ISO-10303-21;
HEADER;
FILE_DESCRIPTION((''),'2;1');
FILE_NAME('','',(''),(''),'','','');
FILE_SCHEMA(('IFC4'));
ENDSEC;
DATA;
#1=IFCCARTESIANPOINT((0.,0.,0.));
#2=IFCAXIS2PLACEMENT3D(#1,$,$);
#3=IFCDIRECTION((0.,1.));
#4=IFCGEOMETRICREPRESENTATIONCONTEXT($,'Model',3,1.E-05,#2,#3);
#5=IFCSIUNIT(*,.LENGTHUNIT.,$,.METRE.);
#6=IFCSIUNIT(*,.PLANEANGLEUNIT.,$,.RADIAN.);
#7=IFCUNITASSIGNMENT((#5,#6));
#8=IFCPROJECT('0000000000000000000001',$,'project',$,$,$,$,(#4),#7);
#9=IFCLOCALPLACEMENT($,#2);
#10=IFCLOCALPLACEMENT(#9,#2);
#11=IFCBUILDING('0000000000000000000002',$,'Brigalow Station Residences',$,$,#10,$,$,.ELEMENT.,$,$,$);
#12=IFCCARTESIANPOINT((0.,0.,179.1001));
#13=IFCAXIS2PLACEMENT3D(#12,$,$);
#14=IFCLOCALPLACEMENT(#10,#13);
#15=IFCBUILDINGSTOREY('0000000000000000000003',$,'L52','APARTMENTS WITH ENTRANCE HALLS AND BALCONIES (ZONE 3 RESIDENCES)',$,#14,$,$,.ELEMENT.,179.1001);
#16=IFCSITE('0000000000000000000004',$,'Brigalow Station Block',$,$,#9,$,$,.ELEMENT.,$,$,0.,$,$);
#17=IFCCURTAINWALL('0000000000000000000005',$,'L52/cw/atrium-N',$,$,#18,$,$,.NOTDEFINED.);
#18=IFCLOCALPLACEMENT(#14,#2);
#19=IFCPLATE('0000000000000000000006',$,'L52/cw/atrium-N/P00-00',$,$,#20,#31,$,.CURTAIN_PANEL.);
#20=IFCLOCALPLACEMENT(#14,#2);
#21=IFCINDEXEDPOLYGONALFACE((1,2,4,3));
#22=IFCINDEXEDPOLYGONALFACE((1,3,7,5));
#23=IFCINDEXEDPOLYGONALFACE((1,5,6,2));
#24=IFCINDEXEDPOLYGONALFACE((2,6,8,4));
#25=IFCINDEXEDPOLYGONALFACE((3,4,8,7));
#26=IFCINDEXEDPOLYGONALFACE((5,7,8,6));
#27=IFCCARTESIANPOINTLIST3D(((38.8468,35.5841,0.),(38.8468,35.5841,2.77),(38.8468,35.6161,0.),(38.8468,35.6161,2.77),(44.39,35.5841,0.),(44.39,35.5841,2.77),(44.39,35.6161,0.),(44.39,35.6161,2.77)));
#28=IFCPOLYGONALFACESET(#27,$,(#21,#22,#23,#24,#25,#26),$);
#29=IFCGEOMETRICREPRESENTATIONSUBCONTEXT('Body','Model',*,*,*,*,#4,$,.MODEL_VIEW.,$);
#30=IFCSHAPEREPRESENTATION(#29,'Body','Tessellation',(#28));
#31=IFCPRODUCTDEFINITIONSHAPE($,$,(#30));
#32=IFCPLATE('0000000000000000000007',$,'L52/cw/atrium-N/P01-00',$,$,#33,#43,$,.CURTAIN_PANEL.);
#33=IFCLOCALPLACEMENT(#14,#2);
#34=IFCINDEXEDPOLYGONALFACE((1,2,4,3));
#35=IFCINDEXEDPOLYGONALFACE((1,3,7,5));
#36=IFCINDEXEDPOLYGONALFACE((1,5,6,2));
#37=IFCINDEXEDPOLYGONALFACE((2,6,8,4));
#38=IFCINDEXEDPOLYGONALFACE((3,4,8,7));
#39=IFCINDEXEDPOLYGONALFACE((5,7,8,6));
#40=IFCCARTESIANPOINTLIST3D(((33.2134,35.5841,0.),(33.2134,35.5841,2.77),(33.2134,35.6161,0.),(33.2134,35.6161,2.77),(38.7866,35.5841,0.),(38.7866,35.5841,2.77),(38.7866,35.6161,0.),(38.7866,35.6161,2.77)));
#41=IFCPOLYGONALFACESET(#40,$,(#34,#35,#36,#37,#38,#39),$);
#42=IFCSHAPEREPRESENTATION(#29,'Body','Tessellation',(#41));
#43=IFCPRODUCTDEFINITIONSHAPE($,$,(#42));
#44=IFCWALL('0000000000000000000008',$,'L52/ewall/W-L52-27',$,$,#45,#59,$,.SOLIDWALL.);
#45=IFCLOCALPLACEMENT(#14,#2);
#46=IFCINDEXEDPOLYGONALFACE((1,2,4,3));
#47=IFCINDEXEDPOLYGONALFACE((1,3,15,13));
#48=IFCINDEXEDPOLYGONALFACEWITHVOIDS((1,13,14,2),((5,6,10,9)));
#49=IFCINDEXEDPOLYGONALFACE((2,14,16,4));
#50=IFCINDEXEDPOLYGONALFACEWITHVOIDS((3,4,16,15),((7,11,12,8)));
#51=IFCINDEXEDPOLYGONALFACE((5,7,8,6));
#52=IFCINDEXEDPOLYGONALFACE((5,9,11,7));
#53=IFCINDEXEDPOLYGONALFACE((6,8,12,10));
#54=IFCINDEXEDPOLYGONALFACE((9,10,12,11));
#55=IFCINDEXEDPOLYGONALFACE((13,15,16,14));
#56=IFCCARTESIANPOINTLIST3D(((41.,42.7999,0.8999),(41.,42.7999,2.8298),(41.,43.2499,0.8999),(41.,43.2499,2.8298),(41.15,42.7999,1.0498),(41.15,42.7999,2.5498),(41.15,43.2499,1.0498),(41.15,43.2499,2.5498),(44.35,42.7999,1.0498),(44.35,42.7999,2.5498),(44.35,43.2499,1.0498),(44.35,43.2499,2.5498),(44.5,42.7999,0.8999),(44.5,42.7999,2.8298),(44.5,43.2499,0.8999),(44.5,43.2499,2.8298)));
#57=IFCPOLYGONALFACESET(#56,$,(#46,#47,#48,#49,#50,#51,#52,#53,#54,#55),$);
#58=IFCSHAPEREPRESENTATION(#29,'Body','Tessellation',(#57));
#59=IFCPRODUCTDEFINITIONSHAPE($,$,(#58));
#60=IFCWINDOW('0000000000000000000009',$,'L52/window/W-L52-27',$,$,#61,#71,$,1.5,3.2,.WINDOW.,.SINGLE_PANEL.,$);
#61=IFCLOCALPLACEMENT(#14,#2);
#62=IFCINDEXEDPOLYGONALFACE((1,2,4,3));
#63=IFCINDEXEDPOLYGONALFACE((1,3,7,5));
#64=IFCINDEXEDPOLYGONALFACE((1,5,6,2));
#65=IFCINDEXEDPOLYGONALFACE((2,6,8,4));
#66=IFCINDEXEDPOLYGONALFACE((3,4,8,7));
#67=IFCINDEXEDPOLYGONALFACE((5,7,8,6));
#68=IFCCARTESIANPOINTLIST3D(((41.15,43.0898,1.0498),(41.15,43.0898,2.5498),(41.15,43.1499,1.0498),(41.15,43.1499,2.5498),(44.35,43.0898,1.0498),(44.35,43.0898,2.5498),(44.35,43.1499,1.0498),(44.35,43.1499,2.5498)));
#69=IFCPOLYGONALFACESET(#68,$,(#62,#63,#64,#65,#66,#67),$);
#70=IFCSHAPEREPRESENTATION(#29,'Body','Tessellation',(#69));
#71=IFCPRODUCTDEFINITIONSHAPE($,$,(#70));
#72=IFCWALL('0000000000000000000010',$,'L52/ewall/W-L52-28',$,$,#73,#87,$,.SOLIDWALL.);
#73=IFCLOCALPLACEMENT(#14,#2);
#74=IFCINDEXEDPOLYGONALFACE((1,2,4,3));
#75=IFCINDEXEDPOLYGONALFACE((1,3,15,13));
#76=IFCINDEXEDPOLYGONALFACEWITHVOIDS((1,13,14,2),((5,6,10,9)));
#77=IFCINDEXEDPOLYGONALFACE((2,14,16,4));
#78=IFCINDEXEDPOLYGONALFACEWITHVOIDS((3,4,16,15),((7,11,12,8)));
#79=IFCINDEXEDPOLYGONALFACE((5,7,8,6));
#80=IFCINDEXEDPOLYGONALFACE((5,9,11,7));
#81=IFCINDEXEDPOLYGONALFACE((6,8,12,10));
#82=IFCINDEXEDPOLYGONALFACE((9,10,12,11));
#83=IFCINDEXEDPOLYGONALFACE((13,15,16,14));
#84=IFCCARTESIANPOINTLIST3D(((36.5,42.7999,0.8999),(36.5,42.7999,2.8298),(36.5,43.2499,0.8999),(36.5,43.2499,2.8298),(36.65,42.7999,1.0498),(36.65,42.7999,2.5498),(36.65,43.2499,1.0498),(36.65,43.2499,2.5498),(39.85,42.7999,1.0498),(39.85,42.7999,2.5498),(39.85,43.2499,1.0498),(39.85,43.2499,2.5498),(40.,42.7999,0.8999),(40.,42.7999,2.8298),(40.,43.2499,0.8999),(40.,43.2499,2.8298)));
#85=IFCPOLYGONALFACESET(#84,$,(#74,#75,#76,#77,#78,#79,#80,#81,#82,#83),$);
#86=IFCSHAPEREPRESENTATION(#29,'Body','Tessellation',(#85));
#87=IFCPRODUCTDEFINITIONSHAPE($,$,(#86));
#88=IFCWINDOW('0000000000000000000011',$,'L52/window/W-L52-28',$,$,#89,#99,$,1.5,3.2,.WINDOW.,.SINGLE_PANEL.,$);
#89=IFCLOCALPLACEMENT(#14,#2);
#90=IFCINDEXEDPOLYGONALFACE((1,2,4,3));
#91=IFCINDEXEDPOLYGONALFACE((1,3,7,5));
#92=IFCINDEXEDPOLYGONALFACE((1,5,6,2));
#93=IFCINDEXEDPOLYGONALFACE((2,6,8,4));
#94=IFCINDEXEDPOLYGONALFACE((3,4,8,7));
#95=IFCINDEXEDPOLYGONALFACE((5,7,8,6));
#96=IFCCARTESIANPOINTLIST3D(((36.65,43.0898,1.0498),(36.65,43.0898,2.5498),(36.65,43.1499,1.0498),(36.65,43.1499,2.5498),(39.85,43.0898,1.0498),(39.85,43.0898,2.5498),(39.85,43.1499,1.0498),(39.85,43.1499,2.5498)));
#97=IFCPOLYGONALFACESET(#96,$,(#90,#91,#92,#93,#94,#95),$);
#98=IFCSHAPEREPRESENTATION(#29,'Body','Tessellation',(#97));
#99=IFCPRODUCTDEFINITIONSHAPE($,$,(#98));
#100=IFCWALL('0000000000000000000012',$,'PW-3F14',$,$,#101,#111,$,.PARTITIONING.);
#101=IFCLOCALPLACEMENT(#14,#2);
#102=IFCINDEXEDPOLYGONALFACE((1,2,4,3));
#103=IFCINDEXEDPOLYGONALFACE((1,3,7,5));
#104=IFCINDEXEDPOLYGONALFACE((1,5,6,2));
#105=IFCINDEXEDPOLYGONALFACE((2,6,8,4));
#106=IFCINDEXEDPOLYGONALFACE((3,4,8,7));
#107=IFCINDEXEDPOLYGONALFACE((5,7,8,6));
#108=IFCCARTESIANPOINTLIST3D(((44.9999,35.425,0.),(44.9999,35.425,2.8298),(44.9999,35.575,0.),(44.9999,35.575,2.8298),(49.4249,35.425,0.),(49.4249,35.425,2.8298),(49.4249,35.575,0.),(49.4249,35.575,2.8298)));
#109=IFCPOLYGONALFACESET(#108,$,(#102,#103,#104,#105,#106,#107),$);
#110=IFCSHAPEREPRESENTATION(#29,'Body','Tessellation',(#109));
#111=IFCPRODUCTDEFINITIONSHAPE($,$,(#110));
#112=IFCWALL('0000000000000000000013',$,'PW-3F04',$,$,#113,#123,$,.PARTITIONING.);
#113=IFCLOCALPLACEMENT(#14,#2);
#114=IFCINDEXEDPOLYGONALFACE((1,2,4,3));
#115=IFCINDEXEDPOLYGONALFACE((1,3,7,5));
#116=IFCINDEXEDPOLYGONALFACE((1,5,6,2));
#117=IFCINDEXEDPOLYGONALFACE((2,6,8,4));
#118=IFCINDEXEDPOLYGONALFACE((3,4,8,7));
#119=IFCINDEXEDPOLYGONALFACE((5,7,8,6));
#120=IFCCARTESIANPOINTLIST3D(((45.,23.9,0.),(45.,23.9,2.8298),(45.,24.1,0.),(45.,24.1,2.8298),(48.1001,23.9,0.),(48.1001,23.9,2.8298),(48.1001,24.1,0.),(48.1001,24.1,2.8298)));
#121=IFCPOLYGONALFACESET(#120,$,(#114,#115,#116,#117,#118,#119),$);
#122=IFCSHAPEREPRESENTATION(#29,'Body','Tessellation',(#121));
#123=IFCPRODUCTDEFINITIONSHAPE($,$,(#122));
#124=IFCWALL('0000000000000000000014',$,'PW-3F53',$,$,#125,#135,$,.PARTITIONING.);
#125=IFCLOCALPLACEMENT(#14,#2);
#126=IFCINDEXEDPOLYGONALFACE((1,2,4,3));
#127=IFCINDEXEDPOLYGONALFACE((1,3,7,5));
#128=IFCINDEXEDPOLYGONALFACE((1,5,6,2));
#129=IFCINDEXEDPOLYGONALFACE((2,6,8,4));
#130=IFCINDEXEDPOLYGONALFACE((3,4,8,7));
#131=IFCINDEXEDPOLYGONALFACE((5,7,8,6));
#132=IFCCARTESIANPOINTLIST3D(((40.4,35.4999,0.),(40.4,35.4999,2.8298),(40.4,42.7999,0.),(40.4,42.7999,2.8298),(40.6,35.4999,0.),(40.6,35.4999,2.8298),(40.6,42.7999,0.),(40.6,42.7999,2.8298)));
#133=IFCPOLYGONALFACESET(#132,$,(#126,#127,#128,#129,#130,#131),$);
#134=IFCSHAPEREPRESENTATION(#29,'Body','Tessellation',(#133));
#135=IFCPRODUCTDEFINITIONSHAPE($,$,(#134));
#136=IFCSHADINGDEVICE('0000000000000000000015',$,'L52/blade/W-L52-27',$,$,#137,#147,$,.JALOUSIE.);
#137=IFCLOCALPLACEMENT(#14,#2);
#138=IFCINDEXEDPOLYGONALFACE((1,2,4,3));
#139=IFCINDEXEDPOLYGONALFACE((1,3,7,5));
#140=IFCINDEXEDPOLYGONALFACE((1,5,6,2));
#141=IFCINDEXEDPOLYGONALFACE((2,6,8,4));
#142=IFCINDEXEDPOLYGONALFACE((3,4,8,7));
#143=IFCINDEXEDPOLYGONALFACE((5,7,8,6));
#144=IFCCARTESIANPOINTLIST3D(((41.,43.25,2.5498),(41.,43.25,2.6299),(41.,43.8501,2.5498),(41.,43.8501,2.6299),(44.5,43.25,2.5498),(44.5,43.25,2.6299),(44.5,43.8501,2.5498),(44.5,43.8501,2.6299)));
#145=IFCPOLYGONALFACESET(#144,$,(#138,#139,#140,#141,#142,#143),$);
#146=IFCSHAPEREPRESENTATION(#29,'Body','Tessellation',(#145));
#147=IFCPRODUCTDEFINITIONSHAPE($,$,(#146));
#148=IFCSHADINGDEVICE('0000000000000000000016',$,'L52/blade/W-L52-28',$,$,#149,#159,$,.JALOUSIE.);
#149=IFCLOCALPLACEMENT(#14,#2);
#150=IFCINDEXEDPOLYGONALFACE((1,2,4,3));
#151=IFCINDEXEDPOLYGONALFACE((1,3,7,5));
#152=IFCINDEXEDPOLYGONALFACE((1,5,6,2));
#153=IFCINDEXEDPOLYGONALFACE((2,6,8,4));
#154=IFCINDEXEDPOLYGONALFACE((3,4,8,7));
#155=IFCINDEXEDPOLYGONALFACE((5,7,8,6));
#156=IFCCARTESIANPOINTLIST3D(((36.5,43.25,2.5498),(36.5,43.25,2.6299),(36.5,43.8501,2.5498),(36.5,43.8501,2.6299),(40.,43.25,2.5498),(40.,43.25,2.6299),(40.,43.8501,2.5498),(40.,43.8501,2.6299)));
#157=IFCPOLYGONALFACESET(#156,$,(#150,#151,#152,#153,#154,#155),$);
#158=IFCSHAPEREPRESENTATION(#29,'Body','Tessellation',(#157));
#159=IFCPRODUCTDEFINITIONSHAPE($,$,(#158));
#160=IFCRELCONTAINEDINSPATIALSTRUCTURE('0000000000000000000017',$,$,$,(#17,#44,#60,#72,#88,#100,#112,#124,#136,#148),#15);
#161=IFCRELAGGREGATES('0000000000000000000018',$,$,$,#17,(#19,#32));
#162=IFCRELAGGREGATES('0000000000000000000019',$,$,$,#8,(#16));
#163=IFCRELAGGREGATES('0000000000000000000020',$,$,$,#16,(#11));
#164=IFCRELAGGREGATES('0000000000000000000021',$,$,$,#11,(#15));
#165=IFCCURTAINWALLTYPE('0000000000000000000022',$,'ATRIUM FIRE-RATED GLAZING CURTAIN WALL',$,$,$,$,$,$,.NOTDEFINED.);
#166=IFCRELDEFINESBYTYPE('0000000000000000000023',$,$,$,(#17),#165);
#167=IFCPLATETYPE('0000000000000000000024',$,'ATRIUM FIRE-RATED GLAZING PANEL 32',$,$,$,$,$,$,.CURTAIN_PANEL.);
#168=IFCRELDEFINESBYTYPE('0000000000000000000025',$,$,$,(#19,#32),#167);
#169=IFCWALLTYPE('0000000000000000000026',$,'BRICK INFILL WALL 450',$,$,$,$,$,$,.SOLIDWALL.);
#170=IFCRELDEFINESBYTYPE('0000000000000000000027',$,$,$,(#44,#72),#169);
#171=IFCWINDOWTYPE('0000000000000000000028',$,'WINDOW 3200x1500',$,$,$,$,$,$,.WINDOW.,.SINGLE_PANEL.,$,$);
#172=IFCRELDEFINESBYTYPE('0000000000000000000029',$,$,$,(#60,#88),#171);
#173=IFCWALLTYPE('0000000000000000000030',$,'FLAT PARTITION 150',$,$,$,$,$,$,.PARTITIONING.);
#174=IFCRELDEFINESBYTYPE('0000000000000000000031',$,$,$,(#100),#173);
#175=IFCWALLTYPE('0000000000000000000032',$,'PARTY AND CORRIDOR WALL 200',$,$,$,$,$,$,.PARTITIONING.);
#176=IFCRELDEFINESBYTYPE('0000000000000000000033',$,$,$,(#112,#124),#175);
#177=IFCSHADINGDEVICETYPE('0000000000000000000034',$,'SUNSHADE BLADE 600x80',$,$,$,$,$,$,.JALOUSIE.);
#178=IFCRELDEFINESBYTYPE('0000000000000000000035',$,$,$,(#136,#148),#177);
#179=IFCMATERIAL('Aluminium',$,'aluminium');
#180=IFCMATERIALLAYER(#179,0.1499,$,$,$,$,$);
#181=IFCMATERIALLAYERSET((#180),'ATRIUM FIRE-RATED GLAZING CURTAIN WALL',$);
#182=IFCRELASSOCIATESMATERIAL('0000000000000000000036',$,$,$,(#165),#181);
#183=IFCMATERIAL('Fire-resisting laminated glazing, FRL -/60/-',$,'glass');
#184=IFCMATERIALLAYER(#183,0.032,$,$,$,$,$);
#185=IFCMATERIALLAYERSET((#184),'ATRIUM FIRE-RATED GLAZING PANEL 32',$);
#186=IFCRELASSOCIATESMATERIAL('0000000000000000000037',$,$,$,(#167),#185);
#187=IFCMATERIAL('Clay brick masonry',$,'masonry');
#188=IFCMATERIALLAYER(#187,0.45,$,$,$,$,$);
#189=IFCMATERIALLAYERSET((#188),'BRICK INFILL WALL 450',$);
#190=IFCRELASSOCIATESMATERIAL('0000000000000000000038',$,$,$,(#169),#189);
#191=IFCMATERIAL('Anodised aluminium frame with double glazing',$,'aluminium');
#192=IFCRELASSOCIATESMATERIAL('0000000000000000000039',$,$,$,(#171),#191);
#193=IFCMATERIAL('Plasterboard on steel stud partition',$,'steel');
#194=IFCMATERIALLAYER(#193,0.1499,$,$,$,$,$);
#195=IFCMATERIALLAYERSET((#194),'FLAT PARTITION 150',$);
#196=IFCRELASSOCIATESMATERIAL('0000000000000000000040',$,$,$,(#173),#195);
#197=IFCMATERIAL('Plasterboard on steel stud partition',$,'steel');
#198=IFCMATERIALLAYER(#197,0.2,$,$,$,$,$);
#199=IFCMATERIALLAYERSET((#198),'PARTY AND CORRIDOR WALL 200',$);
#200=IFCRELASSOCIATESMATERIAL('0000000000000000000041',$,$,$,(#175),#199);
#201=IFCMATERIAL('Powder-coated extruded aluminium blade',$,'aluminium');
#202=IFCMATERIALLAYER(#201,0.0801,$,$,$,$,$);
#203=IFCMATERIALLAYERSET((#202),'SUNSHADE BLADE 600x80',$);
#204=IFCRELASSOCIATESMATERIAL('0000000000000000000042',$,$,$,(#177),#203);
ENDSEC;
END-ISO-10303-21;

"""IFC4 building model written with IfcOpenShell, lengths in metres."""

from ifc_helpers import new_model, si_unit, direction, frame, frame_2d, origin, origin_2d, place, context, subcontext, project, spatial, rectangle, extrude, material, layer, layer_set, type_object, element, fill, aggregate, save


model = new_model("IFC4")

# Units and contexts
model_context = context("Model", 3, precision=1e-05, world=origin(), true_north=direction((0.0, 1.0)))
body_context = subcontext(model_context, "Body", "Model", "MODEL_VIEW")
ifc_project = project(units=[si_unit("LENGTHUNIT", "METRE"), si_unit("PLANEANGLEUNIT", "RADIAN")], contexts=[model_context])

# Site, building, storey
site_placement = place(None, origin())
site = spatial("IfcSite", under=ifc_project, at=site_placement, Name="Brigalow Station Block", CompositionType="ELEMENT", RefElevation=0.0)
building_placement = place(site_placement, origin())
building = spatial("IfcBuilding", under=site, at=building_placement, Name="Brigalow Station Residences", CompositionType="ELEMENT")
storey_placement = place(building_placement, frame((0.0, 0.0, 179.1001)))
storey = spatial("IfcBuildingStorey", under=building, at=storey_placement, Name="L52", Description="APARTMENTS WITH ENTRANCE HALLS AND BALCONIES (ZONE 3 RESIDENCES)", CompositionType="ELEMENT", Elevation=179.1001)

# Shared definitions
ifc_material_1 = material(Name="Aluminium", Category="aluminium")
ifc_layer_1 = layer(ifc_material_1, 0.1499)
ifc_layer_set_1 = layer_set([ifc_layer_1], Name="ATRIUM FIRE-RATED GLAZING CURTAIN WALL")
curtain_wall_type = type_object("IfcCurtainWallType", Name="ATRIUM FIRE-RATED GLAZING CURTAIN WALL", PredefinedType="NOTDEFINED", material=ifc_layer_set_1)

# Curtain wall
curtain_wall_1_placement = place(storey_placement, origin())
curtain_wall_1 = element("IfcCurtainWall", 1, at=curtain_wall_1_placement, inside=storey, type_object=curtain_wall_type, Name="L52/cw/atrium-N", PredefinedType="NOTDEFINED")

# Plates
ifc_material_2 = material(Name="Fire-resisting laminated glazing, FRL -/60/-", Category="glass")
ifc_layer_2 = layer(ifc_material_2, 0.032)
ifc_layer_set_2 = layer_set([ifc_layer_2], Name="ATRIUM FIRE-RATED GLAZING PANEL 32")
plate_type = type_object("IfcPlateType", Name="ATRIUM FIRE-RATED GLAZING PANEL 32", PredefinedType="CURTAIN_PANEL", material=ifc_layer_set_2)
plate_1_placement = place(storey_placement, frame((41.6184, 35.6001, 0.0), z_axis=(0.0, 0.0, 1.0), x_axis=(-1.0, 0.0, 0.0)))
plate_1 = element("IfcPlate", 2, at=plate_1_placement, type_object=plate_type, Name="L52/cw/atrium-N/P00-00", PredefinedType="CURTAIN_PANEL", context=body_context, shape_type="SweptSolid", body=[
    extrude(rectangle(XDim=5.5432, YDim=0.032, at=origin_2d()), origin(), (0.0, 0.0, 1.0), 2.77),
])
plate_2_placement = place(storey_placement, frame((36.0, 35.6001, 0.0), z_axis=(0.0, 0.0, 1.0), x_axis=(-1.0, 0.0, 0.0)))
plate_2 = element("IfcPlate", 3, at=plate_2_placement, type_object=plate_type, Name="L52/cw/atrium-N/P01-00", PredefinedType="CURTAIN_PANEL", context=body_context, shape_type="SweptSolid", body=[
    extrude(rectangle(XDim=5.5732, YDim=0.032, at=origin_2d()), origin(), (0.0, 0.0, 1.0), 2.77),
])
aggregate(curtain_wall_1, [plate_1, plate_2])

# Walls, openings, windows
ifc_material_3 = material(Name="Clay brick masonry", Category="masonry")
ifc_layer_3 = layer(ifc_material_3, 0.45)
ifc_layer_set_3 = layer_set([ifc_layer_3], Name="BRICK INFILL WALL 450")
wall_type_1 = type_object("IfcWallType", Name="BRICK INFILL WALL 450", PredefinedType="SOLIDWALL", material=ifc_layer_set_3)
wall_1_placement = place(storey_placement, frame((44.5, 43.0249, 0.8999), z_axis=(0.0, 0.0, 1.0), x_axis=(-1.0, 0.0, 0.0)))
wall_1 = element("IfcWall", 4, at=wall_1_placement, inside=storey, type_object=wall_type_1, Name="L52/ewall/W-L52-27", PredefinedType="SOLIDWALL", context=body_context, shape_type="SweptSolid", body=[
    extrude(rectangle(XDim=3.5, YDim=0.45, at=frame_2d((1.75, 0.0))), origin(), (0.0, 0.0, 1.0), 1.9299),
])
opening_1_placement = place(wall_1_placement, frame((0.1499, 0.0, 0.1499)))
opening_1 = element("IfcOpeningElement", 5, at=opening_1_placement, cuts=wall_1, PredefinedType="OPENING", context=body_context, shape_type="SweptSolid", body=[
    extrude(rectangle(XDim=3.2, YDim=1.5, at=frame_2d((1.6001, 0.75))), frame((0.0, 0.2349, 0.0), z_axis=(0.0, -1.0, 0.0), x_axis=(1.0, 0.0, 0.0)), (0.0, 0.0, 1.0), 0.47),
])
ifc_material_4 = material(Name="Anodised aluminium frame with double glazing", Category="aluminium")
window_type = type_object("IfcWindowType", Name="WINDOW 3200x1500", PartitioningType="SINGLE_PANEL", PredefinedType="WINDOW", material=ifc_material_4)
window_1_placement = place(opening_1_placement, origin())
window_1 = element("IfcWindow", 6, at=window_1_placement, inside=storey, type_object=window_type, Name="L52/window/W-L52-27", OverallHeight=1.5, OverallWidth=3.2, PartitioningType="SINGLE_PANEL", PredefinedType="WINDOW", context=body_context, shape_type="SweptSolid", body=[
    extrude(rectangle(XDim=3.2, YDim=1.5, at=frame_2d((1.6001, 0.75))), frame((0.0, -0.0649, 0.0), z_axis=(0.0, -1.0, 0.0), x_axis=(1.0, 0.0, 0.0)), (0.0, 0.0, 1.0), 0.0601),
])
fill(opening_1, window_1)
wall_2_placement = place(storey_placement, frame((40.0, 43.0249, 0.8999), z_axis=(0.0, 0.0, 1.0), x_axis=(-1.0, 0.0, 0.0)))
wall_2 = element("IfcWall", 7, at=wall_2_placement, inside=storey, type_object=wall_type_1, Name="L52/ewall/W-L52-28", PredefinedType="SOLIDWALL", context=body_context, shape_type="SweptSolid", body=[
    extrude(rectangle(XDim=3.5, YDim=0.45, at=frame_2d((1.75, 0.0))), origin(), (0.0, 0.0, 1.0), 1.9299),
])
opening_2_placement = place(wall_2_placement, frame((0.1499, 0.0, 0.1499)))
opening_2 = element("IfcOpeningElement", 8, at=opening_2_placement, cuts=wall_2, PredefinedType="OPENING", context=body_context, shape_type="SweptSolid", body=[
    extrude(rectangle(XDim=3.2, YDim=1.5, at=frame_2d((1.6001, 0.75))), frame((0.0, 0.2349, 0.0), z_axis=(0.0, -1.0, 0.0), x_axis=(1.0, 0.0, 0.0)), (0.0, 0.0, 1.0), 0.47),
])
window_2_placement = place(opening_2_placement, origin())
window_2 = element("IfcWindow", 9, at=window_2_placement, inside=storey, type_object=window_type, Name="L52/window/W-L52-28", OverallHeight=1.5, OverallWidth=3.2, PartitioningType="SINGLE_PANEL", PredefinedType="WINDOW", context=body_context, shape_type="SweptSolid", body=[
    extrude(rectangle(XDim=3.2, YDim=1.5, at=frame_2d((1.6001, 0.75))), frame((0.0, -0.0649, 0.0), z_axis=(0.0, -1.0, 0.0), x_axis=(1.0, 0.0, 0.0)), (0.0, 0.0, 1.0), 0.0601),
])
fill(opening_2, window_2)

# Walls
ifc_material_5 = material(Name="Plasterboard on steel stud partition", Category="steel")
ifc_layer_4 = layer(ifc_material_5, 0.1499)
ifc_layer_set_4 = layer_set([ifc_layer_4], Name="FLAT PARTITION 150")
wall_type_2 = type_object("IfcWallType", Name="FLAT PARTITION 150", PredefinedType="PARTITIONING", material=ifc_layer_set_4)
wall_3_placement = place(storey_placement, frame((45.0, 35.5, 0.0), z_axis=(0.0, 0.0, 1.0), x_axis=(1.0, 0.0, 0.0)))
element("IfcWall", 10, at=wall_3_placement, inside=storey, type_object=wall_type_2, Name="PW-3F14", PredefinedType="PARTITIONING", context=body_context, shape_type="SweptSolid", body=[
    extrude(rectangle(XDim=4.425, YDim=0.1499, at=frame_2d((2.2124, 0.0))), origin(), (0.0, 0.0, 1.0), 2.8298),
])
ifc_material_6 = material(Name="Plasterboard on steel stud partition", Category="steel")
ifc_layer_5 = layer(ifc_material_6, 0.2)
ifc_layer_set_5 = layer_set([ifc_layer_5], Name="PARTY AND CORRIDOR WALL 200")
wall_type_3 = type_object("IfcWallType", Name="PARTY AND CORRIDOR WALL 200", PredefinedType="PARTITIONING", material=ifc_layer_set_5)
wall_4_placement = place(storey_placement, frame((45.0, 24.0, 0.0), z_axis=(0.0, 0.0, 1.0), x_axis=(1.0, 0.0, 0.0)))
element("IfcWall", 11, at=wall_4_placement, inside=storey, type_object=wall_type_3, Name="PW-3F04", PredefinedType="PARTITIONING", context=body_context, shape_type="SweptSolid", body=[
    extrude(rectangle(XDim=3.1001, YDim=0.2, at=frame_2d((1.55, 0.0))), origin(), (0.0, 0.0, 1.0), 2.8298),
])
wall_5_placement = place(storey_placement, frame((40.5, 35.5, 0.0), z_axis=(0.0, 0.0, 1.0), x_axis=(0.0, 1.0, 0.0)))
element("IfcWall", 12, at=wall_5_placement, inside=storey, type_object=wall_type_3, Name="PW-3F53", PredefinedType="PARTITIONING", context=body_context, shape_type="SweptSolid", body=[
    extrude(rectangle(XDim=7.3, YDim=0.2, at=frame_2d((3.6499, 0.0))), origin(), (0.0, 0.0, 1.0), 2.8298),
])

# Shading devices
ifc_material_7 = material(Name="Powder-coated extruded aluminium blade", Category="aluminium")
ifc_layer_6 = layer(ifc_material_7, 0.0801)
ifc_layer_set_6 = layer_set([ifc_layer_6], Name="SUNSHADE BLADE 600x80")
shading_device_type = type_object("IfcShadingDeviceType", Name="SUNSHADE BLADE 600x80", PredefinedType="JALOUSIE", material=ifc_layer_set_6)
for number, where, z_axis, x_axis, name in (
    (13, (42.75, 43.55, 2.5498), (0.0, 0.0, 1.0), (-1.0, 0.0, 0.0), "L52/blade/W-L52-27"),
    (14, (38.25, 43.55, 2.5498), (0.0, 0.0, 1.0), (-1.0, 0.0, 0.0), "L52/blade/W-L52-28"),
):
    element("IfcShadingDevice", number, at=place(storey_placement, frame(where, z_axis=z_axis, x_axis=x_axis)), inside=storey, type_object=shading_device_type, Name=name, PredefinedType="JALOUSIE", context=body_context, shape_type="SweptSolid", body=[
        extrude(rectangle(XDim=3.5, YDim=0.6001, at=origin_2d()), origin(), (0.0, 0.0, 1.0), 0.0801),
    ])

save(model, "model.ifc")
